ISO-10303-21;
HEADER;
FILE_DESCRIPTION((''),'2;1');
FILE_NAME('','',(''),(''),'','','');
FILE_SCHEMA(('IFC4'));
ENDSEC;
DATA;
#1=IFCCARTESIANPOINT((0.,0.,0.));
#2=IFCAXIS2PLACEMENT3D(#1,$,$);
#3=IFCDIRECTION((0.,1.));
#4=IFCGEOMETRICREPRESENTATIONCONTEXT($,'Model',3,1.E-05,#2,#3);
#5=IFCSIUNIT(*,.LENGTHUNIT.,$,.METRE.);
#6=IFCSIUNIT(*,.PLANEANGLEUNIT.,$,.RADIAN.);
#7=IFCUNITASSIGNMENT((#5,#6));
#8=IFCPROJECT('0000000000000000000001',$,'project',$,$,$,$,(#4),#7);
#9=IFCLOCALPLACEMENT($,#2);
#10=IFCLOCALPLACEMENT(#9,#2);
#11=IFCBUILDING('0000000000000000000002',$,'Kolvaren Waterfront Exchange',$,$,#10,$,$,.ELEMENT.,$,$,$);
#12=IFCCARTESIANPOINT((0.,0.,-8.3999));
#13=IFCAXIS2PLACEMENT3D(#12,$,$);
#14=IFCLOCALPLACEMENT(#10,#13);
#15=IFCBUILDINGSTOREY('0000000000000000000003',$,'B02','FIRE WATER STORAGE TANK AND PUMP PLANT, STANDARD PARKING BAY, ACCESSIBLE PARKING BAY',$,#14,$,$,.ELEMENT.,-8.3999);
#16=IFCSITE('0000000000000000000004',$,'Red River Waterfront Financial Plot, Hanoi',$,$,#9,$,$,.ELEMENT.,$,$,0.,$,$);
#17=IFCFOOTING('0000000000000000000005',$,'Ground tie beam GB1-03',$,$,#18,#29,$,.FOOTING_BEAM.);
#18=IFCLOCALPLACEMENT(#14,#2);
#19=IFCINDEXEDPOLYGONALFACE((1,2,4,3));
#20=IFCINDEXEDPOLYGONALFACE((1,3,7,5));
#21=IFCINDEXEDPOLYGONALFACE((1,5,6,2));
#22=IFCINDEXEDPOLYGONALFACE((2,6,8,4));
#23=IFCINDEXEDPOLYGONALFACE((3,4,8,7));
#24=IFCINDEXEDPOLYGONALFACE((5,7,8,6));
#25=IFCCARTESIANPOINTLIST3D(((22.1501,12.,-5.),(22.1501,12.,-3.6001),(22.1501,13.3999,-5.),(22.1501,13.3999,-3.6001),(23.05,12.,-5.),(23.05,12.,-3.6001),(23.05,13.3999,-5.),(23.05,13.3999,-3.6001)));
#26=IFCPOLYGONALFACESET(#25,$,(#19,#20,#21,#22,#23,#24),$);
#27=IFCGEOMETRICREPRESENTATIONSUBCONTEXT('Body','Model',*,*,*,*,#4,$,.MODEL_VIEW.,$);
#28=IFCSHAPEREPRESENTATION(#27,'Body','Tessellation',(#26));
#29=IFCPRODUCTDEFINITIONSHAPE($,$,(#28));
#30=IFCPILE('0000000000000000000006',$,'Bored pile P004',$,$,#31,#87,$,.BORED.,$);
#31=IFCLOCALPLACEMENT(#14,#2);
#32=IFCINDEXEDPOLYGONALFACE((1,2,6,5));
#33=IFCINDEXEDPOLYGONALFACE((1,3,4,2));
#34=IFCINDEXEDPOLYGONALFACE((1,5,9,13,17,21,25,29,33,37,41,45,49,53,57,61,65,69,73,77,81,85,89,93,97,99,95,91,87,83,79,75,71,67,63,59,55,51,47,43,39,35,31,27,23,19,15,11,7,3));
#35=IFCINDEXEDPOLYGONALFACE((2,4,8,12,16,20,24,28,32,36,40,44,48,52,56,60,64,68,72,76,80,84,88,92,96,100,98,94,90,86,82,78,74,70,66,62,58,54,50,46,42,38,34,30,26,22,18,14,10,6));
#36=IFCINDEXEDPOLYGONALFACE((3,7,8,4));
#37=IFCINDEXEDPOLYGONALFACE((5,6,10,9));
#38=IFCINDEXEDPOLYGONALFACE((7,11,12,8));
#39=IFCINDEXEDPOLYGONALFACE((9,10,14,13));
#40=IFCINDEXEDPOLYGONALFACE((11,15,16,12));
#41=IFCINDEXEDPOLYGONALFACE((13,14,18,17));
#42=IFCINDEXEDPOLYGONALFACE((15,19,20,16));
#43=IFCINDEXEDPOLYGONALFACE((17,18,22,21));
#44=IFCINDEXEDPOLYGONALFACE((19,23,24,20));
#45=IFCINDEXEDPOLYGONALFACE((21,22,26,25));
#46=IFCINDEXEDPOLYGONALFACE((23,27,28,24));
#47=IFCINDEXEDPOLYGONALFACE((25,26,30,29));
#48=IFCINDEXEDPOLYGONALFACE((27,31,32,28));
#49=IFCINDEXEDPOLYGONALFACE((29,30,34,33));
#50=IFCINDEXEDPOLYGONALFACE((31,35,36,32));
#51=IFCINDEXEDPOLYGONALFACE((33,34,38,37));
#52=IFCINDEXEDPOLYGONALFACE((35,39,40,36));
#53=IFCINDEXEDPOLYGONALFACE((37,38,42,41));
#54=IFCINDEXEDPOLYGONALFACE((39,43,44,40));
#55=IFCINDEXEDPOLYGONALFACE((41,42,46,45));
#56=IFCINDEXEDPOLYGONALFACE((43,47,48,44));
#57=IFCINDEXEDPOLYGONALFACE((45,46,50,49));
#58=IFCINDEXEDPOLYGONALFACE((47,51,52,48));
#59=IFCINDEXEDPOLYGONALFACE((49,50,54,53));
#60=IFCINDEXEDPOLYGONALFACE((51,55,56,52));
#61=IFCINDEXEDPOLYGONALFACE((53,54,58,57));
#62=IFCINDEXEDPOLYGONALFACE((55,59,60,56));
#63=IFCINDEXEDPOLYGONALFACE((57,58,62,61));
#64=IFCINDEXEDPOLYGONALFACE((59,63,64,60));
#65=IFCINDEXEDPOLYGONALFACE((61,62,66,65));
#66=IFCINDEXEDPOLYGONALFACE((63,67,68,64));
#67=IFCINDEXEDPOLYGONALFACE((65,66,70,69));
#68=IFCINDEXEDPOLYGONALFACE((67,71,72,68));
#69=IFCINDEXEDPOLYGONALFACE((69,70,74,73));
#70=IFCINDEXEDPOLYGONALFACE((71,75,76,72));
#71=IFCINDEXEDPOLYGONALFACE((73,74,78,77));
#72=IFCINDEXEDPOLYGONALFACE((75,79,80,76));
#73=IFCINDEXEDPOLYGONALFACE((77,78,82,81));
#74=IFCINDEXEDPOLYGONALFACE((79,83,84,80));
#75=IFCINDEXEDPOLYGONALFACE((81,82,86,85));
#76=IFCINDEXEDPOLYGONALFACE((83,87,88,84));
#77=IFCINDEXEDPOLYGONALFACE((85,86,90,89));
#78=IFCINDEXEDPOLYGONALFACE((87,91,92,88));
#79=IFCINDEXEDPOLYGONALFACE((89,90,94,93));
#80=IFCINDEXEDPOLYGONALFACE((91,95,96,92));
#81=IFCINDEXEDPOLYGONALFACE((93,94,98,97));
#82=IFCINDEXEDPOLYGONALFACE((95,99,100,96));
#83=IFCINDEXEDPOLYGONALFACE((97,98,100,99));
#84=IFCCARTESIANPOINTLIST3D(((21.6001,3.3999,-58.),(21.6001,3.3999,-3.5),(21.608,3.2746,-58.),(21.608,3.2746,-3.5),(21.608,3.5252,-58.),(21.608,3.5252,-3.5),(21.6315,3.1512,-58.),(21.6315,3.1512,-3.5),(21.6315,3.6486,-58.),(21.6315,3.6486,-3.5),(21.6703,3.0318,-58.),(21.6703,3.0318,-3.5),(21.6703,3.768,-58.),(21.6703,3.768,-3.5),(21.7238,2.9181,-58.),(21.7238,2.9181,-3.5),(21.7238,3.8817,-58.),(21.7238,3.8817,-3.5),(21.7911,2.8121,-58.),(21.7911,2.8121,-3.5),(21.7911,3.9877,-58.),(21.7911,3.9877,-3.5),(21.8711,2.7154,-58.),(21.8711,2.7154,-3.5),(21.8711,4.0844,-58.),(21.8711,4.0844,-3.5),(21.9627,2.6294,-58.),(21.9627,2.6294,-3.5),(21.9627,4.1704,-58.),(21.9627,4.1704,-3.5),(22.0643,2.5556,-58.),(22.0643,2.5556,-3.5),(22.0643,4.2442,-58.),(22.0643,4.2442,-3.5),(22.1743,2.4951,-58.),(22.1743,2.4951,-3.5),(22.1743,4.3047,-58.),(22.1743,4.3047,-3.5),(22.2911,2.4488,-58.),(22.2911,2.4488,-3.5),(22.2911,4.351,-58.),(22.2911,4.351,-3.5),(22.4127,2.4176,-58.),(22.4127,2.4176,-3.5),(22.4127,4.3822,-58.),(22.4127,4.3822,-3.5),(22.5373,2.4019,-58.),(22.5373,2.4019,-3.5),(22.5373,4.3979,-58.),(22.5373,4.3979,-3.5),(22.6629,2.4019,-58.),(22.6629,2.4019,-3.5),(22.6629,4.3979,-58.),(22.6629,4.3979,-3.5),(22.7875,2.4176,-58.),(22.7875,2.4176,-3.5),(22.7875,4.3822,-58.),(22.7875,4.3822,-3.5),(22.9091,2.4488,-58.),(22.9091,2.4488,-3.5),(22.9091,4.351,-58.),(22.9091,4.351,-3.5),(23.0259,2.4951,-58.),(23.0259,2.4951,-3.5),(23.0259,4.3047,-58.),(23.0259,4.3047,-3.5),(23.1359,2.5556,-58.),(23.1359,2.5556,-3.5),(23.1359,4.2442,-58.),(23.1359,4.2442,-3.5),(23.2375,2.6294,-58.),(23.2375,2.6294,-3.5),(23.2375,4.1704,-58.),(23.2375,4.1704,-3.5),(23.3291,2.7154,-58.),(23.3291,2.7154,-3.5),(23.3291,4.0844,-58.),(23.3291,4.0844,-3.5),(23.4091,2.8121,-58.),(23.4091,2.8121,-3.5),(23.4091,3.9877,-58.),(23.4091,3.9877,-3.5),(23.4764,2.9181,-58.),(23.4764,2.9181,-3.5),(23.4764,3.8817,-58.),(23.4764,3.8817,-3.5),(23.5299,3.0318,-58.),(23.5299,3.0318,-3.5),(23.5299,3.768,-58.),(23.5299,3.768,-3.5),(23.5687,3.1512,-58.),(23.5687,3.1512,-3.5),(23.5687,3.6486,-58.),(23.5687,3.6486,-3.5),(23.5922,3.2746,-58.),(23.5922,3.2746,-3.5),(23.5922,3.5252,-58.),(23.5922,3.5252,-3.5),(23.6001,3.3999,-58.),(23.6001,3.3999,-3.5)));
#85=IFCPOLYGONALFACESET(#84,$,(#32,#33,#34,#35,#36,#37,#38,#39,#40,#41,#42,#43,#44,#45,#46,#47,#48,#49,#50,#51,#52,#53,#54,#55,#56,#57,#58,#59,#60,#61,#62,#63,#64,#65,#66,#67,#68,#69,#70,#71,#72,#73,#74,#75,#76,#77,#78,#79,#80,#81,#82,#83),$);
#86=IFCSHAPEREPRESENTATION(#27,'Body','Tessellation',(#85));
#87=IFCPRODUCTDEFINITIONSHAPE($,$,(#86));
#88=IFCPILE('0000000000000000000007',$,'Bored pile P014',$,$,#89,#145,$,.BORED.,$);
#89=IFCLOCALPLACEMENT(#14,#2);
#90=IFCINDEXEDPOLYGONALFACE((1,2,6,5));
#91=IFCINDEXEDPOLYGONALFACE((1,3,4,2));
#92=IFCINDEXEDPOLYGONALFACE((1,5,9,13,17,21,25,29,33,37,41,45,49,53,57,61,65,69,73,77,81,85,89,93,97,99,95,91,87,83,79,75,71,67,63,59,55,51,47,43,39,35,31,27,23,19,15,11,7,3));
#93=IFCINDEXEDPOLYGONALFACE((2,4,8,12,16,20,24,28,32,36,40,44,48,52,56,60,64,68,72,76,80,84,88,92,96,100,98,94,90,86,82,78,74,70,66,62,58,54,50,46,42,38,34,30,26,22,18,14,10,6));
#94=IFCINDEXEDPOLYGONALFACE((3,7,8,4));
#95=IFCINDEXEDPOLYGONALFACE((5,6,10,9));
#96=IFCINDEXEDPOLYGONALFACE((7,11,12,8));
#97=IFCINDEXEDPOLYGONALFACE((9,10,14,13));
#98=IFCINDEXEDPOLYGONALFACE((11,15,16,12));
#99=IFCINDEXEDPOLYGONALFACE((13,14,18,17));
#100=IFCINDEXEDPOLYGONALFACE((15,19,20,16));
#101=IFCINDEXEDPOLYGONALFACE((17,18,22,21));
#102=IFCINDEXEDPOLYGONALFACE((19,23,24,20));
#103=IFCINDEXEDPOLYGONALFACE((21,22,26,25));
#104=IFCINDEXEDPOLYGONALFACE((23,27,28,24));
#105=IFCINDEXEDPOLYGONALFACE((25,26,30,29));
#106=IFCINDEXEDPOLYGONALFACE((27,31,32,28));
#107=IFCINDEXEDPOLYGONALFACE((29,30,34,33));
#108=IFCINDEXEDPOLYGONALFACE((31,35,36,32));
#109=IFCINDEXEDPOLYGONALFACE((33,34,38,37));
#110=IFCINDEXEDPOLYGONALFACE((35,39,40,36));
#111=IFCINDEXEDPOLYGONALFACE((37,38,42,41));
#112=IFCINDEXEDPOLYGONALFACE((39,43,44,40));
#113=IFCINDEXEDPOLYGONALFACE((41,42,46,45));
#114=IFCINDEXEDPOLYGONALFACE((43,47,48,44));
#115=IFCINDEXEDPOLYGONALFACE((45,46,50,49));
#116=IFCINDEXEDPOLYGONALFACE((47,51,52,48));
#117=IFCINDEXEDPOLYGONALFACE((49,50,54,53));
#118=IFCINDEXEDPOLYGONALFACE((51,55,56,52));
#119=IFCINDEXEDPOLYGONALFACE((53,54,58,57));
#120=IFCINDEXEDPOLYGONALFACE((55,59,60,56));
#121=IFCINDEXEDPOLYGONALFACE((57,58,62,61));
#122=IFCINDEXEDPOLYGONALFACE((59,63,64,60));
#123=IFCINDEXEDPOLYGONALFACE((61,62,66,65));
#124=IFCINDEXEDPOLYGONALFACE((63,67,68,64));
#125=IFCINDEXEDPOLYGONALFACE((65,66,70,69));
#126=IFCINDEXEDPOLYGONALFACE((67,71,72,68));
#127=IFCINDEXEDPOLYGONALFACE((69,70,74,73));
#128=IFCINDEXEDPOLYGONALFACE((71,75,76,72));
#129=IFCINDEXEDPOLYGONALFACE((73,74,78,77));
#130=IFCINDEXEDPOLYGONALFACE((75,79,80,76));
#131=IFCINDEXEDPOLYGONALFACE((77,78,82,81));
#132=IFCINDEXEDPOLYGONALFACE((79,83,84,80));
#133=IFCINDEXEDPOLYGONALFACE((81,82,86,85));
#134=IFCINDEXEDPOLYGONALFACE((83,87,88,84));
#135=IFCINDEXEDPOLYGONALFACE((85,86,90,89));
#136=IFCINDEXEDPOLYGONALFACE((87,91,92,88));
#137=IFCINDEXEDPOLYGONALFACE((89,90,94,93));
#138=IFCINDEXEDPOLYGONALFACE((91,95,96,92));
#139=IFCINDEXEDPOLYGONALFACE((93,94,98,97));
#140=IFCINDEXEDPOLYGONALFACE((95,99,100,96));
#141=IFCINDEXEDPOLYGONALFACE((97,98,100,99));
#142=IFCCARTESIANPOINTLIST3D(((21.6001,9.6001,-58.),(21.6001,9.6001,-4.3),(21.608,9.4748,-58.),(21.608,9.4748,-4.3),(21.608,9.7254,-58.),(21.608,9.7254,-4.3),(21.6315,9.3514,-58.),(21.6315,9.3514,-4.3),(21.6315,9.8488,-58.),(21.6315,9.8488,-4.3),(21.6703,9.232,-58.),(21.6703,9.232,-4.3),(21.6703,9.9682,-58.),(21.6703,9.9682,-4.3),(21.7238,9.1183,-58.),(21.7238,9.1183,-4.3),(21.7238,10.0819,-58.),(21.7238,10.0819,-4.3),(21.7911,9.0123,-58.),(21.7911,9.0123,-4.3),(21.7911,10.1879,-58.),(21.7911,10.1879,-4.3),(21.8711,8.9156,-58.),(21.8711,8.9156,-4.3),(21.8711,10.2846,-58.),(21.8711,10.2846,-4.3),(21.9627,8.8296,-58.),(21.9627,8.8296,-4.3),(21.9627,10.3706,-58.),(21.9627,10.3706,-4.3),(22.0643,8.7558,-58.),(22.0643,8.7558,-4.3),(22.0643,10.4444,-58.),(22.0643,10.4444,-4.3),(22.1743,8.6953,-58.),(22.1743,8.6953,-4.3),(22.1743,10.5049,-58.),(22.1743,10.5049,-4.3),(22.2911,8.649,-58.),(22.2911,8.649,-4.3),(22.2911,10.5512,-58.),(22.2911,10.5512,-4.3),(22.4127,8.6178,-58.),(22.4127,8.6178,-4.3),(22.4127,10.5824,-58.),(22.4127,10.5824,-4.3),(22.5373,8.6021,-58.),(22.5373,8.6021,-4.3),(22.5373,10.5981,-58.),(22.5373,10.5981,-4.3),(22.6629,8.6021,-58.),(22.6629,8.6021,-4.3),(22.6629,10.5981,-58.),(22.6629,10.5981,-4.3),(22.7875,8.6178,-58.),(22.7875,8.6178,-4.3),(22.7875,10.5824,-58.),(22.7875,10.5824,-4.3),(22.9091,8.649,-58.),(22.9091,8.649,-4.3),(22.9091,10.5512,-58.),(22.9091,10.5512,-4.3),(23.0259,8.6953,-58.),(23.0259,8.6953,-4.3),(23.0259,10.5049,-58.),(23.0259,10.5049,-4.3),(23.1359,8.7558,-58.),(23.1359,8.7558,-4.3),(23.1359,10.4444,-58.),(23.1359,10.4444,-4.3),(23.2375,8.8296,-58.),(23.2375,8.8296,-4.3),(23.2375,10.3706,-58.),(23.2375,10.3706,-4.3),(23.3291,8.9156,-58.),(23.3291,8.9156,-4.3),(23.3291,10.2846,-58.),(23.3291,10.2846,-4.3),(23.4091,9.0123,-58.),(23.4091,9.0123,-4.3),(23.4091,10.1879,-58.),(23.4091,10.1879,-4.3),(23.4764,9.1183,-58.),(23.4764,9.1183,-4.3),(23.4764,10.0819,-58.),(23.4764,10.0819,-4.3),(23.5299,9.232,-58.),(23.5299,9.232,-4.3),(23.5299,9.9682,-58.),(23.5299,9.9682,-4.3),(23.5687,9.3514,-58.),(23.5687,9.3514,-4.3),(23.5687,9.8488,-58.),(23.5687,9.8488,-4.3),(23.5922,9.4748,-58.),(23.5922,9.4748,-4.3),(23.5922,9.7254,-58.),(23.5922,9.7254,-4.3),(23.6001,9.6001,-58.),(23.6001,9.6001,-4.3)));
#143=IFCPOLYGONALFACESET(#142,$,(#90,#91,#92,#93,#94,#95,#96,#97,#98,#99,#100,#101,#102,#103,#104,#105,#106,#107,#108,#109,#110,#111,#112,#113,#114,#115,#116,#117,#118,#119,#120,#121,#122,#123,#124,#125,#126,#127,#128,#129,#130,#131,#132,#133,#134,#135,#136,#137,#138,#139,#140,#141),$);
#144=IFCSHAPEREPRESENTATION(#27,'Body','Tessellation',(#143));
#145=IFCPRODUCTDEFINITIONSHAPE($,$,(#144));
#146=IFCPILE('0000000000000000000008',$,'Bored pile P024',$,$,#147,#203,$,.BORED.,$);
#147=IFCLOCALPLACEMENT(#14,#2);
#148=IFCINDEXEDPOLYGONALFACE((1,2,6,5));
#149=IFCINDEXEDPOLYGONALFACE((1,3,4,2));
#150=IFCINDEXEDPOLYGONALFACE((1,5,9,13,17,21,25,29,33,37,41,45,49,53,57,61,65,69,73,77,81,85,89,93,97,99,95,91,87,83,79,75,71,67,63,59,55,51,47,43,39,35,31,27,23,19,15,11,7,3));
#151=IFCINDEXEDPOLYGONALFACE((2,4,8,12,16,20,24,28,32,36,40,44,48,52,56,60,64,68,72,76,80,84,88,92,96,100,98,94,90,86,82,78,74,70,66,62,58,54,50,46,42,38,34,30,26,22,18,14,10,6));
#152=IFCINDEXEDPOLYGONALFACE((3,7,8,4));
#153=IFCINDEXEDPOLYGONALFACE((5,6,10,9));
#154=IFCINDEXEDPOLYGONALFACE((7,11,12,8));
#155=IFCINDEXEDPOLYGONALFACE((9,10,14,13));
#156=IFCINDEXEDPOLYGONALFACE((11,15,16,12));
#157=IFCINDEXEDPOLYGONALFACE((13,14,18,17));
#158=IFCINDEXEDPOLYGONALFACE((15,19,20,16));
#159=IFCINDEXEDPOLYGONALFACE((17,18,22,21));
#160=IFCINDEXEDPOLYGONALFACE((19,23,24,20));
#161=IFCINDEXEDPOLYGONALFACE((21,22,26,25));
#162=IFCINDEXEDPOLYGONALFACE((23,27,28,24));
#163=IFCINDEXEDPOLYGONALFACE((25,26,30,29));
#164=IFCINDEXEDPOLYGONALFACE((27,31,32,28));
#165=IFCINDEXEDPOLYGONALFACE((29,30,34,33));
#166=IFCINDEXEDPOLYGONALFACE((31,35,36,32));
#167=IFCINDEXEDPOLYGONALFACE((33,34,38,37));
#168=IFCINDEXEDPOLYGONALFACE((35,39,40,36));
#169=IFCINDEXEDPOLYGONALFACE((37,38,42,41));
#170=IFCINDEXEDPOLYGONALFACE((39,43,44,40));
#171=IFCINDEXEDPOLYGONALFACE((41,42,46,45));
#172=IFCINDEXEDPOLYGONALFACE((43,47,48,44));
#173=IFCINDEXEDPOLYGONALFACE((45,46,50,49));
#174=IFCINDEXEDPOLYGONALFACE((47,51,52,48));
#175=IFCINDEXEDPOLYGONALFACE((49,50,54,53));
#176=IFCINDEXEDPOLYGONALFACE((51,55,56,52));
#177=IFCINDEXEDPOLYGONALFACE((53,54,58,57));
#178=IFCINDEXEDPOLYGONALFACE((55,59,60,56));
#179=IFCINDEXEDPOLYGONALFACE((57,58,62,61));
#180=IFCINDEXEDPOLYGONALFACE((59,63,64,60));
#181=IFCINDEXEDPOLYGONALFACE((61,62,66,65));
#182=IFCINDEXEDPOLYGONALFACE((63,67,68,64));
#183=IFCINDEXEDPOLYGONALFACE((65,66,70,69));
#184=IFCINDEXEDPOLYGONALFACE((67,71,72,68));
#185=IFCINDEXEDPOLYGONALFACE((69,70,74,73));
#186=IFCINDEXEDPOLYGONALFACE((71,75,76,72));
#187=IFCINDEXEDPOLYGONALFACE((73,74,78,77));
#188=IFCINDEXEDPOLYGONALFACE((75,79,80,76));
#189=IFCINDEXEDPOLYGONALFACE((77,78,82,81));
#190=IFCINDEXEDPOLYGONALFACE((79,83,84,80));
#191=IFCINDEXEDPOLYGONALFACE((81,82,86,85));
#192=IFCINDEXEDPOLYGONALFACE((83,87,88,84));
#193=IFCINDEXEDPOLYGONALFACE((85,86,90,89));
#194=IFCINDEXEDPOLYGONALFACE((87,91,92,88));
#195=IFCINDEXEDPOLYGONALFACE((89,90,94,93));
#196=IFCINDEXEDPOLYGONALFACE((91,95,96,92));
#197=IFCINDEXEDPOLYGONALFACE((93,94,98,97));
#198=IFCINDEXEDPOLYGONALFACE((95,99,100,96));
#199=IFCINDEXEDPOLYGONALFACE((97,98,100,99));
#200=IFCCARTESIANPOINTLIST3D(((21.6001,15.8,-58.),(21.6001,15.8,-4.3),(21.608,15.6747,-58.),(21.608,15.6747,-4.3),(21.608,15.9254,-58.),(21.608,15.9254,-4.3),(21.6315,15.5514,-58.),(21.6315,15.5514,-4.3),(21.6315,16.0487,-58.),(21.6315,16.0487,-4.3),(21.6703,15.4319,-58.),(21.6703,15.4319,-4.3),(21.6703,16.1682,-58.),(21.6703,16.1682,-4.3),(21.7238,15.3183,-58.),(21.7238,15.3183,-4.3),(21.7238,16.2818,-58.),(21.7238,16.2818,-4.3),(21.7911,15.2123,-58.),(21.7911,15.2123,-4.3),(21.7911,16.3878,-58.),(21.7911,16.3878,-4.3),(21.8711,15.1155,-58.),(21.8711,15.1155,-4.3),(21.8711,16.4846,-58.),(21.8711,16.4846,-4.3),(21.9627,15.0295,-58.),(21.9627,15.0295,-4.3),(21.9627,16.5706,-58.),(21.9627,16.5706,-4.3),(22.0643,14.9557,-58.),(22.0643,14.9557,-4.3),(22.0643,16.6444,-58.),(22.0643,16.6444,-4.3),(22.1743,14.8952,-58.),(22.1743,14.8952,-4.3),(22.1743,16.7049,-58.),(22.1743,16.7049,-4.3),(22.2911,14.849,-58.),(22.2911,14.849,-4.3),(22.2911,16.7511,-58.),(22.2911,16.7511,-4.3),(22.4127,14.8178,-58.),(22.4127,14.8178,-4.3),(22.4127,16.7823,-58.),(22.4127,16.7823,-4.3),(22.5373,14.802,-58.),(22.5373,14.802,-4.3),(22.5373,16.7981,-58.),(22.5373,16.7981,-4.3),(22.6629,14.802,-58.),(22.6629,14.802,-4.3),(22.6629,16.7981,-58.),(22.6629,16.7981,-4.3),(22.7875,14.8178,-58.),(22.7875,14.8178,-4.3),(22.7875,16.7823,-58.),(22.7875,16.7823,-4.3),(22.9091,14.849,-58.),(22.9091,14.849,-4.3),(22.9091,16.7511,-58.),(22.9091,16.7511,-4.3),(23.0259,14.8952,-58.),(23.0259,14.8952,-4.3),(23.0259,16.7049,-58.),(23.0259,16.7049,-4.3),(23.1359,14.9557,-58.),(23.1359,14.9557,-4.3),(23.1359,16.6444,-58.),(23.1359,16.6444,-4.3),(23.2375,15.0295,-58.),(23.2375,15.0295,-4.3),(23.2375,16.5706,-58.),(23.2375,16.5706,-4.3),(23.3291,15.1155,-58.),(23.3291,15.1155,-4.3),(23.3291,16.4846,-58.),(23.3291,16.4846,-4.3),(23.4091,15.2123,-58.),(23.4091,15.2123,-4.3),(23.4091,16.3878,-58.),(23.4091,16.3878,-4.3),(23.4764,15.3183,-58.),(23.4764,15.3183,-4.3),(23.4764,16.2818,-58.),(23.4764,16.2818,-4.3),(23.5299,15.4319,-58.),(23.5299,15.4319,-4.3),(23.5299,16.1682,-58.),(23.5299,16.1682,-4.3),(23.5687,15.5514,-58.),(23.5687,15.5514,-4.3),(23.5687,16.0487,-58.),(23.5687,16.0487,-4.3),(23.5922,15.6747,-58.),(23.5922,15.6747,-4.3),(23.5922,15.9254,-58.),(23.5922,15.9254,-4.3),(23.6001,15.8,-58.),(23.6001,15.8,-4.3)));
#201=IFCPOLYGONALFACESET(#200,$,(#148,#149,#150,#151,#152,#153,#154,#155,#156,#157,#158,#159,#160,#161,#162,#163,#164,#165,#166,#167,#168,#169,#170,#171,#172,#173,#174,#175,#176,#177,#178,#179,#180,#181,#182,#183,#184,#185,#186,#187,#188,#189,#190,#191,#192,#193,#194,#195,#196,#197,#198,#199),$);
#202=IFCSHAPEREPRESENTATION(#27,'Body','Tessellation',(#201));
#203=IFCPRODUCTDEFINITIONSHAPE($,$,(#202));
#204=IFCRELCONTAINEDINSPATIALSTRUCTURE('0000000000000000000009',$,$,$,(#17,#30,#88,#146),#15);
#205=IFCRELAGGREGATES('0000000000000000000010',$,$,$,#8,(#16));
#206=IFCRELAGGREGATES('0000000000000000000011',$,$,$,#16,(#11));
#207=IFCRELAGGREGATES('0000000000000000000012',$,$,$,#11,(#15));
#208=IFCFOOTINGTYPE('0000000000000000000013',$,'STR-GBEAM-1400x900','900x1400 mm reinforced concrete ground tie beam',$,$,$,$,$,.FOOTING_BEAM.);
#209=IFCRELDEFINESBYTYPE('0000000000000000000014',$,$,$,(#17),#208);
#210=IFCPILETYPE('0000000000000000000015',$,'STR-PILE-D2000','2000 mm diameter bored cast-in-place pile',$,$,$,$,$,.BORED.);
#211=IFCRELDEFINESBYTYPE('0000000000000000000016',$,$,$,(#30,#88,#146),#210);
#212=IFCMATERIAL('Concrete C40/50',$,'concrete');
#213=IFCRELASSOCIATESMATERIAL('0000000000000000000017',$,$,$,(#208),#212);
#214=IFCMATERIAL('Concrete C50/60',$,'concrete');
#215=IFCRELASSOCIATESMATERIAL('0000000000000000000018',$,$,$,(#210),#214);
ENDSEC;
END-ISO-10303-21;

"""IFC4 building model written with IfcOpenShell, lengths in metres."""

from ifc_helpers import new_model, si_unit, direction, frame, origin, origin_2d, place, context, subcontext, project, spatial, rectangle, circle, extrude, material, material_profile, profile_set, type_object, element, save


model = new_model("IFC4")

# Units and contexts
model_context = context("Model", 3, precision=1e-05, world=origin(), true_north=direction((0.0, 1.0)))
body_context = subcontext(model_context, "Body", "Model", "MODEL_VIEW")
ifc_project = project(units=[si_unit("LENGTHUNIT", "METRE"), si_unit("PLANEANGLEUNIT", "RADIAN")], contexts=[model_context])

# Site, building, storey
site_placement = place(None, origin())
site = spatial("IfcSite", under=ifc_project, at=site_placement, Name="Red River Waterfront Financial Plot, Hanoi", CompositionType="ELEMENT", RefElevation=0.0)
building_placement = place(site_placement, origin())
building = spatial("IfcBuilding", under=site, at=building_placement, Name="Kolvaren Waterfront Exchange", CompositionType="ELEMENT")
storey_placement = place(building_placement, frame((0.0, 0.0, -8.3999)))
storey = spatial("IfcBuildingStorey", under=building, at=storey_placement, Name="B02", Description="FIRE WATER STORAGE TANK AND PUMP PLANT, STANDARD PARKING BAY, ACCESSIBLE PARKING BAY", CompositionType="ELEMENT", Elevation=-8.3999)

# Footing
ifc_material_1 = material(Name="Concrete C40/50", Category="concrete")
ifc_material_profile_1 = material_profile(ifc_material_1, rectangle(XDim=0.8999, YDim=1.3999, at=origin_2d()), Name="RC-GB-1400x900")
ifc_profile_set_1 = profile_set([ifc_material_profile_1], Name="Concrete C40/50")
footing_type = type_object("IfcFootingType", Name="STR-GBEAM-1400x900", Description="900x1400 mm reinforced concrete ground tie beam", PredefinedType="FOOTING_BEAM", material=ifc_profile_set_1)
footing_placement = place(storey_placement, frame((22.6001, 12.0, -4.3), z_axis=(0.0, 1.0, 0.0), x_axis=(-1.0, 0.0, 0.0)))
element("IfcFooting", 1, at=footing_placement, inside=storey, type_object=footing_type, Name="Ground tie beam GB1-03", PredefinedType="FOOTING_BEAM", context=body_context, shape_type="SweptSolid", body=[
    extrude(rectangle(XDim=0.8999, YDim=1.3999, at=origin_2d()), origin(), (0.0, 0.0, 1.0), 1.3999),
])

# Piles
ifc_material_2 = material(Name="Concrete C50/60", Category="concrete")
ifc_material_profile_2 = material_profile(ifc_material_2, circle(Radius=1.0, at=origin_2d()), Name="RC-PILE-D2000")
ifc_profile_set_2 = profile_set([ifc_material_profile_2], Name="Concrete C50/60")
pile_type = type_object("IfcPileType", Name="STR-PILE-D2000", Description="2000 mm diameter bored cast-in-place pile", PredefinedType="BORED", material=ifc_profile_set_2)
pile_placement = place(storey_placement, frame((22.6001, 3.3999, -3.5), z_axis=(0.0, 0.0, -1.0), x_axis=(1.0, 0.0, 0.0)))
element("IfcPile", 2, at=pile_placement, inside=storey, type_object=pile_type, Name="Bored pile P004", PredefinedType="BORED", context=body_context, shape_type="SweptSolid", body=[
    extrude(circle(Radius=1.0, at=origin_2d()), origin(), (0.0, 0.0, 1.0), 54.5),
])
for number, where, z_axis, x_axis, name in (
    (3, (22.6001, 9.6001, -4.3), (0.0, 0.0, -1.0), (1.0, 0.0, 0.0), "Bored pile P014"),
    (4, (22.6001, 15.8, -4.3), (0.0, 0.0, -1.0), (1.0, 0.0, 0.0), "Bored pile P024"),
):
    element("IfcPile", number, at=place(storey_placement, frame(where, z_axis=z_axis, x_axis=x_axis)), inside=storey, type_object=pile_type, Name=name, PredefinedType="BORED", context=body_context, shape_type="SweptSolid", body=[
        extrude(circle(Radius=1.0, at=origin_2d()), origin(), (0.0, 0.0, 1.0), 53.7),
    ])

save(model, "model.ifc")
